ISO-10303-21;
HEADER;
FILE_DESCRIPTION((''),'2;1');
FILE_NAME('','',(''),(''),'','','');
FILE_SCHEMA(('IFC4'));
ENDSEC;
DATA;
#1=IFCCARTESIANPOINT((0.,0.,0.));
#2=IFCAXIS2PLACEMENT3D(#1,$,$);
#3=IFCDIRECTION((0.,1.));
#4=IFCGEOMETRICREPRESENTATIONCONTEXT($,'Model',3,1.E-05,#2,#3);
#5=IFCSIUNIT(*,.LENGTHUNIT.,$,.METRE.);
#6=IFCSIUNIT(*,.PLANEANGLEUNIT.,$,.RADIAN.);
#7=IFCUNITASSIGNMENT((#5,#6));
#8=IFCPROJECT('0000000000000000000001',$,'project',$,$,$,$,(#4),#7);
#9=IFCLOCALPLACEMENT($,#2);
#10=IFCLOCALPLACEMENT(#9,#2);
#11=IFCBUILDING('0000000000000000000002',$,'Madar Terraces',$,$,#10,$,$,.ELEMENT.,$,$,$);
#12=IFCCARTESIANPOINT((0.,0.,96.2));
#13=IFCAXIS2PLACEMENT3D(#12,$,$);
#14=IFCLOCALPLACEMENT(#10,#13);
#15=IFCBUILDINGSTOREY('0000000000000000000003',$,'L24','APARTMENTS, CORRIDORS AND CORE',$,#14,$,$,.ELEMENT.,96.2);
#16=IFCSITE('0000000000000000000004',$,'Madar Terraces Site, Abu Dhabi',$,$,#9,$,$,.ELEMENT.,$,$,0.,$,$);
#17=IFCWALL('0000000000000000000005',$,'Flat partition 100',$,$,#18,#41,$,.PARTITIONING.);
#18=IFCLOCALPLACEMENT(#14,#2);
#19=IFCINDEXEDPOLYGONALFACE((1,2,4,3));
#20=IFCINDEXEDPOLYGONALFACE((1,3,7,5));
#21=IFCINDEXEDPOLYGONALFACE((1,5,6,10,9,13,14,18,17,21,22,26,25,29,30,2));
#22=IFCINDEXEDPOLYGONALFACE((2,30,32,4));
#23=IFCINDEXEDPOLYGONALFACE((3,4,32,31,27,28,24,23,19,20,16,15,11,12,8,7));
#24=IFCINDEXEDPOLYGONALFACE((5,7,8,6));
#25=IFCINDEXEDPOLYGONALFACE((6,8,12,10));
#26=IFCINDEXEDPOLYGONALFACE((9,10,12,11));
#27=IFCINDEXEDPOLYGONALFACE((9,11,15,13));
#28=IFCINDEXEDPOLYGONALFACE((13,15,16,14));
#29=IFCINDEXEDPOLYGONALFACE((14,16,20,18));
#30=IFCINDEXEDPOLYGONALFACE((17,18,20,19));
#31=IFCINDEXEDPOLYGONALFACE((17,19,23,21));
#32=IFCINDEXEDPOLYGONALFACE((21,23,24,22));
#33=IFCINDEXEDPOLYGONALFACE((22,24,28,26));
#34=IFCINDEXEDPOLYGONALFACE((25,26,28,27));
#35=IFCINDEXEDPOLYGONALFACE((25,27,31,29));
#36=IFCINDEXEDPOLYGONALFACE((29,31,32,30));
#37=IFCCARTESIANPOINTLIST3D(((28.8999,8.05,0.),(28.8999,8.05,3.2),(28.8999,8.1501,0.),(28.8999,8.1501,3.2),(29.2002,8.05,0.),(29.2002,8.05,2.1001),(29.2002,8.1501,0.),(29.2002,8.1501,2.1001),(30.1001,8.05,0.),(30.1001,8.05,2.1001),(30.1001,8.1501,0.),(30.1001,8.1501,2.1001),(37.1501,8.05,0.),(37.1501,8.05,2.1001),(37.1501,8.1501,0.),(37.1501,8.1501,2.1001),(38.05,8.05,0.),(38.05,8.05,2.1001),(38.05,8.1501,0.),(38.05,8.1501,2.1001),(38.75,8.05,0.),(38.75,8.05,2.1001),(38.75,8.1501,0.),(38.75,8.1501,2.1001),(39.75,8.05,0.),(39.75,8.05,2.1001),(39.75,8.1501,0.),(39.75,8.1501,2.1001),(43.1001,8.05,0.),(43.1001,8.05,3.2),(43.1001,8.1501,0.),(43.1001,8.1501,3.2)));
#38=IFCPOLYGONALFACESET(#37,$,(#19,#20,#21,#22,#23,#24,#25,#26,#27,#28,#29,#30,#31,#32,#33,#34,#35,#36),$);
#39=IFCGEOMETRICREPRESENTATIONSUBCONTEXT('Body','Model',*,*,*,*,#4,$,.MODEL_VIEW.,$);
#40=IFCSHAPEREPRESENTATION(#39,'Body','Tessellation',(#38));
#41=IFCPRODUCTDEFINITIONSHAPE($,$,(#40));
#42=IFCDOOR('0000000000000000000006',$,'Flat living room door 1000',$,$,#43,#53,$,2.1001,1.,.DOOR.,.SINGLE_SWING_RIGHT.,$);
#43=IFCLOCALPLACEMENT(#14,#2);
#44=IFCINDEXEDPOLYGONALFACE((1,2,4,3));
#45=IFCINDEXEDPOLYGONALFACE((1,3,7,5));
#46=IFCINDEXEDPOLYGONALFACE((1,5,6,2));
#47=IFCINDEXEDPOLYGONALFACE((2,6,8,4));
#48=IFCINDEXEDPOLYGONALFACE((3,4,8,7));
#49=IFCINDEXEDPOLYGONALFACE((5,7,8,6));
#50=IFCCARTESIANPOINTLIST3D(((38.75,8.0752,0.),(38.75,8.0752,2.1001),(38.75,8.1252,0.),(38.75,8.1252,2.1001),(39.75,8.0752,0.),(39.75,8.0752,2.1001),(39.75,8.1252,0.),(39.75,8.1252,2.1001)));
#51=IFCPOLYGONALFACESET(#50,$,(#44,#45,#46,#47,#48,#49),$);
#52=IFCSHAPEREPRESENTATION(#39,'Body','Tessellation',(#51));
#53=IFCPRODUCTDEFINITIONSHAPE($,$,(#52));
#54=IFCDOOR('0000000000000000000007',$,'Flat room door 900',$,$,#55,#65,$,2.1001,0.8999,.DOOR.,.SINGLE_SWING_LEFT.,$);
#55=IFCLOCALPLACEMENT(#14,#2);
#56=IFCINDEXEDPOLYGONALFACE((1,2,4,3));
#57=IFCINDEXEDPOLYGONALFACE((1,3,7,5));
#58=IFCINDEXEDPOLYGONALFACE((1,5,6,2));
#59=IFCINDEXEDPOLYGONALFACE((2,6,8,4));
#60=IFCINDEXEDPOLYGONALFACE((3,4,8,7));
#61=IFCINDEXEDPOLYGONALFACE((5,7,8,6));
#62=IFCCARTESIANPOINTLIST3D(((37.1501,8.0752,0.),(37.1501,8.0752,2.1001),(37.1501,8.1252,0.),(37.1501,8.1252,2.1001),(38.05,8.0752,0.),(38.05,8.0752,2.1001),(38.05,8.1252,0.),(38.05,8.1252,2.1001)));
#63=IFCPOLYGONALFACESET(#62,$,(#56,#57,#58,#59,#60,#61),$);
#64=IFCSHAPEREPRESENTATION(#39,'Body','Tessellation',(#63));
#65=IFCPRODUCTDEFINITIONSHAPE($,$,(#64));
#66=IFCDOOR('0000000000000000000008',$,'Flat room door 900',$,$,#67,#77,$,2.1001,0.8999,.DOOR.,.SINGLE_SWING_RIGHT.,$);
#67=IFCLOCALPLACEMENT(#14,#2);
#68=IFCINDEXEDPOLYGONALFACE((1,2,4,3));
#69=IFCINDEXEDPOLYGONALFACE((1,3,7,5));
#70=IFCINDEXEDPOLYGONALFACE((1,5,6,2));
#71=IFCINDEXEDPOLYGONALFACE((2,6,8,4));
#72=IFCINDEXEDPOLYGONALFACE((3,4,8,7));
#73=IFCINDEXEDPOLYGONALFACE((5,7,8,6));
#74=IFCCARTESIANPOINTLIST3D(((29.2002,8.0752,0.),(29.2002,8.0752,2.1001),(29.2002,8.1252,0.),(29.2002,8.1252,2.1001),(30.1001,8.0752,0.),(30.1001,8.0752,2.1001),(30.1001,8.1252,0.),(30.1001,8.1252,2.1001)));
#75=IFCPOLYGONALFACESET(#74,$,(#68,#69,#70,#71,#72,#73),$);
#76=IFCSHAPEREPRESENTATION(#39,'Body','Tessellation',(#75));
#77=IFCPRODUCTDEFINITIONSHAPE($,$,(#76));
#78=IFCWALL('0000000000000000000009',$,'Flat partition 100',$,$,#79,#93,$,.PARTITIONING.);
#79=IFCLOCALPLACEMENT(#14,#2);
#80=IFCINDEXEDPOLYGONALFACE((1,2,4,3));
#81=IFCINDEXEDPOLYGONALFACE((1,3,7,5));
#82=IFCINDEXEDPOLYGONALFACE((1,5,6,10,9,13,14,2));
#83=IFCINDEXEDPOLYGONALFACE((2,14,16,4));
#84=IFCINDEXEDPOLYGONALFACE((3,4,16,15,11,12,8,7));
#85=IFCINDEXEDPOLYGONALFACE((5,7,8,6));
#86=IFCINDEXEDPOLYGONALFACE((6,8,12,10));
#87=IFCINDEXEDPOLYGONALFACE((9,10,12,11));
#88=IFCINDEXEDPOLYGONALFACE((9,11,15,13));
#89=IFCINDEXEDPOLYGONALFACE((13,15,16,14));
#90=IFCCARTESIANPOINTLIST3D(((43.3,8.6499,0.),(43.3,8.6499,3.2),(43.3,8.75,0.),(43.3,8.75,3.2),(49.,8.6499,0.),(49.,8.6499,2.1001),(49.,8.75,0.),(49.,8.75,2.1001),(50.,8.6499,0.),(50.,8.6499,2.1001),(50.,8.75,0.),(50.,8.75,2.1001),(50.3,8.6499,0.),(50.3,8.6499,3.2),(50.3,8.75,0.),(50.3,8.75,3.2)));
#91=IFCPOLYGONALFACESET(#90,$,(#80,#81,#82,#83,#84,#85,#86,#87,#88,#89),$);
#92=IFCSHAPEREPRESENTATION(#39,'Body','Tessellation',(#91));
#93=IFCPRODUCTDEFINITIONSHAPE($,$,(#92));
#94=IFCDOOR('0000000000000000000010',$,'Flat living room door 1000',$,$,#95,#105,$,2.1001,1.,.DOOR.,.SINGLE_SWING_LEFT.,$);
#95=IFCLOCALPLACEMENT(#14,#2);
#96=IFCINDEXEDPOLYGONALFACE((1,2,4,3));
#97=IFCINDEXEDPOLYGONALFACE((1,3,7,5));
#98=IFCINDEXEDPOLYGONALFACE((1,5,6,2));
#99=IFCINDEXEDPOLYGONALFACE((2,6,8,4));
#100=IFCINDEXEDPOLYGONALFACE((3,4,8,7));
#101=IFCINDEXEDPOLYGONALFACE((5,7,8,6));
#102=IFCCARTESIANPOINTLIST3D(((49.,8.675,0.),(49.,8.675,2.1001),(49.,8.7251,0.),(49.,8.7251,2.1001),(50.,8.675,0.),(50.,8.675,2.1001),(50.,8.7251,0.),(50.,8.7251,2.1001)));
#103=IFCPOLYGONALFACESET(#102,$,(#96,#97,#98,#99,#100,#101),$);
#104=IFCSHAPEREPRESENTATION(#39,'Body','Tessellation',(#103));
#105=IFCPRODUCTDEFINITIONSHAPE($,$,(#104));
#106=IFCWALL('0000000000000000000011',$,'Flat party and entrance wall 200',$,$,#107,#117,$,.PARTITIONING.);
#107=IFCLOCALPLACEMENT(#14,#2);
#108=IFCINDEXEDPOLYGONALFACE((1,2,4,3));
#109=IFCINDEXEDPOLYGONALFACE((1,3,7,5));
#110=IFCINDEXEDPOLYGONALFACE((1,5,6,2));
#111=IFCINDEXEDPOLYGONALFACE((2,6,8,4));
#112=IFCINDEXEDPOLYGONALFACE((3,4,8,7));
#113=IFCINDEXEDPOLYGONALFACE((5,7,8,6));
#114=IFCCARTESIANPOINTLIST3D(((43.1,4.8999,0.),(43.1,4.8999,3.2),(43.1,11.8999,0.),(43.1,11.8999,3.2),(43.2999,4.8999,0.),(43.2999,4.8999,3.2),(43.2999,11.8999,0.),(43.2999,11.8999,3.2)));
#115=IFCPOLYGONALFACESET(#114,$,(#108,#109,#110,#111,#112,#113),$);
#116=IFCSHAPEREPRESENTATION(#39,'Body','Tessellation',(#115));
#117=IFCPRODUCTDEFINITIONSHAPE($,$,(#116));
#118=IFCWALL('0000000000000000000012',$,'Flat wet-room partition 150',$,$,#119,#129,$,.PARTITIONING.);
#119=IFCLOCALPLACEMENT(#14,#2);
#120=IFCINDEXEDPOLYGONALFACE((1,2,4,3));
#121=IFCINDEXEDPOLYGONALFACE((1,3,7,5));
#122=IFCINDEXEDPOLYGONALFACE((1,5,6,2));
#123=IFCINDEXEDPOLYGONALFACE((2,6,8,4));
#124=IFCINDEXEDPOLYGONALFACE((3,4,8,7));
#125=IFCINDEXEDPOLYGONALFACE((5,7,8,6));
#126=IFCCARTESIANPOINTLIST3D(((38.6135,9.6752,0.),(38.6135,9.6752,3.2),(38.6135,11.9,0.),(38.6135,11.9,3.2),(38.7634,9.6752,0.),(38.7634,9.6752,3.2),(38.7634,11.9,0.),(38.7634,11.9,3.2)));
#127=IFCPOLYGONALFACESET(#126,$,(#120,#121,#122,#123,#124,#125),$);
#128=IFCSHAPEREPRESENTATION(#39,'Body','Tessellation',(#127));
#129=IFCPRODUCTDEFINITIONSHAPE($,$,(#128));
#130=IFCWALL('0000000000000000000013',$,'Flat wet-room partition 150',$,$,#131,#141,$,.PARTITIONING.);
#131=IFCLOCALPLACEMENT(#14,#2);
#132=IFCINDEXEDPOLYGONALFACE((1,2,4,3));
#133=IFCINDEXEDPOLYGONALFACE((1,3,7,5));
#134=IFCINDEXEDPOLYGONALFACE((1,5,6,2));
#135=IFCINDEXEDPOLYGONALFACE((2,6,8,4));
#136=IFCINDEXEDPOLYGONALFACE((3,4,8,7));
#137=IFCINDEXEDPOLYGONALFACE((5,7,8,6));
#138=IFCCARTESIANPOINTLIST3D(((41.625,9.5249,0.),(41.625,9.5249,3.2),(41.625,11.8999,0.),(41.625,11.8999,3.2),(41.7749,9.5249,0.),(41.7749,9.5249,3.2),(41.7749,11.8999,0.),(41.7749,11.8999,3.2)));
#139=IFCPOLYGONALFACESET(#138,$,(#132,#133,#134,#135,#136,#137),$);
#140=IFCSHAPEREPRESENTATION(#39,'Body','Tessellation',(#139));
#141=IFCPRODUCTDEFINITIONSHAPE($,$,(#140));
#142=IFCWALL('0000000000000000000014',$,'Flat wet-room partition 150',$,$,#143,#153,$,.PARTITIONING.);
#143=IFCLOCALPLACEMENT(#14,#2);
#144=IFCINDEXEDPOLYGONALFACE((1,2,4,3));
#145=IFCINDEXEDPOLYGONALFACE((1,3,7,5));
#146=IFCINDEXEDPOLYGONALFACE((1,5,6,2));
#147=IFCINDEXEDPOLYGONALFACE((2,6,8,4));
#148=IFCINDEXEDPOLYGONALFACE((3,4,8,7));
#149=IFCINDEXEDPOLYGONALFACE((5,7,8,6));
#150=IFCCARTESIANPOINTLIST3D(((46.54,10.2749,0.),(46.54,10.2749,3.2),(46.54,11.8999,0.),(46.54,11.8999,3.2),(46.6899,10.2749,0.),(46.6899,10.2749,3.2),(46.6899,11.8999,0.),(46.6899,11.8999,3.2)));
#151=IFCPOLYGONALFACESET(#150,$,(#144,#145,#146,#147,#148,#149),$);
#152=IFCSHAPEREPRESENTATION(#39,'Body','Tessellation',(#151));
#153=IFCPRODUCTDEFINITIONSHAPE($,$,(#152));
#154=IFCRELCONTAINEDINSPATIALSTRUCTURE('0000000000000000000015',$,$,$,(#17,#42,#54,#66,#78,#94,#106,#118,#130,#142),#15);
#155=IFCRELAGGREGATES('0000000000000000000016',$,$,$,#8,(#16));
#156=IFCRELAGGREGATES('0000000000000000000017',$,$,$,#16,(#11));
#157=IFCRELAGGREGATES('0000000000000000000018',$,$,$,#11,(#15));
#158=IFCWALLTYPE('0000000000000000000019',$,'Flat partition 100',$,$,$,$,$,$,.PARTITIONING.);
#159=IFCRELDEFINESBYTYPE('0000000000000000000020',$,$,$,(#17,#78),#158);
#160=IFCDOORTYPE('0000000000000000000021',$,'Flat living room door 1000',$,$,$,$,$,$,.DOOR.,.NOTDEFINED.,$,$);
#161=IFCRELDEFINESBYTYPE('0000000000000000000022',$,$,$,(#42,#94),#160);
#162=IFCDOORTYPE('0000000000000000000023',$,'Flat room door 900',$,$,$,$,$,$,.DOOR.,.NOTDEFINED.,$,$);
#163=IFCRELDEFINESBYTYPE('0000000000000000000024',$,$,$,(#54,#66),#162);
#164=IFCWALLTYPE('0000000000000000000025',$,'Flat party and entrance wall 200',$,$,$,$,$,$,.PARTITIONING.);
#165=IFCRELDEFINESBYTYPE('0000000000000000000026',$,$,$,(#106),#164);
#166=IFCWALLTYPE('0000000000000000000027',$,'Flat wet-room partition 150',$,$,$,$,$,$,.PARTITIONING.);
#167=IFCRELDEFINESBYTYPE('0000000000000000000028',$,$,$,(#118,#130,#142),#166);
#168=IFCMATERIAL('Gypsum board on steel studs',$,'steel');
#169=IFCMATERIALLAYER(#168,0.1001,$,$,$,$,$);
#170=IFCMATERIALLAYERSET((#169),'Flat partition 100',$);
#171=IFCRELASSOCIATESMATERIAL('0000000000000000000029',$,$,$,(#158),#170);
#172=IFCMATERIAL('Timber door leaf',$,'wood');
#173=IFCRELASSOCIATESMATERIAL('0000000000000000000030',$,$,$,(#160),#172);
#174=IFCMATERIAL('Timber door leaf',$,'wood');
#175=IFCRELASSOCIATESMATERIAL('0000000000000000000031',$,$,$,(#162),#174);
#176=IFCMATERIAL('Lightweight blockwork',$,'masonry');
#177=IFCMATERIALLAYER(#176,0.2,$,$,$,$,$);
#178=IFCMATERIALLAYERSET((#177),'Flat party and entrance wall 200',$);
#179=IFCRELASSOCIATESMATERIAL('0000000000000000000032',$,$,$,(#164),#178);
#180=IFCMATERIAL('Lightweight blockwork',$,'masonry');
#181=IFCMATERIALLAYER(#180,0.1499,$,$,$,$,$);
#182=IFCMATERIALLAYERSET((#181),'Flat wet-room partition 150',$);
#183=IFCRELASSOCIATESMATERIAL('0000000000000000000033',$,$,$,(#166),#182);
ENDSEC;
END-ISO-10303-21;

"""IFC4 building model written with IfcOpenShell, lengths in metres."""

from ifc_helpers import new_model, si_unit, direction, frame, frame_2d, origin, place, context, subcontext, project, spatial, rectangle, extrude, material, layer, layer_set, type_object, element, fill, save


model = new_model("IFC4")

# Units and contexts
model_context = context("Model", 3, precision=1e-05, world=origin(), true_north=direction((0.0, 1.0)))
body_context = subcontext(model_context, "Body", "Model", "MODEL_VIEW")
ifc_project = project(units=[si_unit("LENGTHUNIT", "METRE"), si_unit("PLANEANGLEUNIT", "RADIAN")], contexts=[model_context])

# Site, building, storey
site_placement = place(None, origin())
site = spatial("IfcSite", under=ifc_project, at=site_placement, Name="Madar Terraces Site, Abu Dhabi", CompositionType="ELEMENT", RefElevation=0.0)
building_placement = place(site_placement, origin())
building = spatial("IfcBuilding", under=site, at=building_placement, Name="Madar Terraces", CompositionType="ELEMENT")
storey_placement = place(building_placement, frame((0.0, 0.0, 96.2)))
storey = spatial("IfcBuildingStorey", under=building, at=storey_placement, Name="L24", Description="APARTMENTS, CORRIDORS AND CORE", CompositionType="ELEMENT", Elevation=96.2)

# Shared definitions
ifc_material_1 = material(Name="Gypsum board on steel studs", Category="steel")
ifc_layer_1 = layer(ifc_material_1, 0.1001)
ifc_layer_set_1 = layer_set([ifc_layer_1], Name="Flat partition 100")
wall_type_1 = type_object("IfcWallType", Name="Flat partition 100", PredefinedType="PARTITIONING", material=ifc_layer_set_1)

# Wall, openings, doors
wall_1_placement = place(storey_placement, frame((43.1001, 8.1001, 0.0), z_axis=(0.0, 0.0, 1.0), x_axis=(-1.0, 0.0, 0.0)))
wall_1 = element("IfcWall", 1, at=wall_1_placement, inside=storey, type_object=wall_type_1, Name="Flat partition 100", PredefinedType="PARTITIONING", context=body_context, shape_type="SweptSolid", body=[
    extrude(rectangle(XDim=14.2002, YDim=0.1001, at=frame_2d((7.1001, 0.0))), origin(), (0.0, 0.0, 1.0), 3.2),
])
opening_1_placement = place(wall_1_placement, frame((3.3501, 0.0, 0.0)))
opening_1 = element("IfcOpeningElement", 2, at=opening_1_placement, cuts=wall_1, PredefinedType="OPENING", context=body_context, shape_type="SweptSolid", body=[
    extrude(rectangle(XDim=1.0, YDim=2.1001, at=frame_2d((0.5, 1.05))), frame((0.0, 0.0601, 0.0), z_axis=(0.0, -1.0, 0.0), x_axis=(1.0, 0.0, 0.0)), (0.0, 0.0, 1.0), 0.1201),
])
opening_2_placement = place(wall_1_placement, frame((5.05, 0.0, 0.0)))
opening_2 = element("IfcOpeningElement", 3, at=opening_2_placement, cuts=wall_1, PredefinedType="OPENING", context=body_context, shape_type="SweptSolid", body=[
    extrude(rectangle(XDim=0.8999, YDim=2.1001, at=frame_2d((0.45, 1.05))), frame((0.0, 0.0601, 0.0), z_axis=(0.0, -1.0, 0.0), x_axis=(1.0, 0.0, 0.0)), (0.0, 0.0, 1.0), 0.1201),
])
opening_3_placement = place(wall_1_placement, frame((13.0, 0.0, 0.0)))
opening_3 = element("IfcOpeningElement", 4, at=opening_3_placement, cuts=wall_1, PredefinedType="OPENING", context=body_context, shape_type="SweptSolid", body=[
    extrude(rectangle(XDim=0.8999, YDim=2.1001, at=frame_2d((0.45, 1.05))), frame((0.0, 0.0601, 0.0), z_axis=(0.0, -1.0, 0.0), x_axis=(1.0, 0.0, 0.0)), (0.0, 0.0, 1.0), 0.1201),
])
ifc_material_2 = material(Name="Timber door leaf", Category="wood")
door_type_1 = type_object("IfcDoorType", Name="Flat living room door 1000", OperationType="NOTDEFINED", PredefinedType="DOOR", material=ifc_material_2)
door_1_placement = place(opening_1_placement, origin())
door_1 = element("IfcDoor", 5, at=door_1_placement, inside=storey, type_object=door_type_1, Name="Flat living room door 1000", OperationType="SINGLE_SWING_RIGHT", OverallHeight=2.1001, OverallWidth=1.0, PredefinedType="DOOR", context=body_context, shape_type="SweptSolid", body=[
    extrude(rectangle(XDim=1.0, YDim=2.1001, at=frame_2d((0.5, 1.05))), frame((0.0, 0.0249, 0.0), z_axis=(0.0, -1.0, 0.0), x_axis=(1.0, 0.0, 0.0)), (0.0, 0.0, 1.0), 0.05),
])
fill(opening_1, door_1)
ifc_material_3 = material(Name="Timber door leaf", Category="wood")
door_type_2 = type_object("IfcDoorType", Name="Flat room door 900", OperationType="NOTDEFINED", PredefinedType="DOOR", material=ifc_material_3)
door_2_placement = place(opening_2_placement, origin())
door_2 = element("IfcDoor", 6, at=door_2_placement, inside=storey, type_object=door_type_2, Name="Flat room door 900", OperationType="SINGLE_SWING_LEFT", OverallHeight=2.1001, OverallWidth=0.8999, PredefinedType="DOOR", context=body_context, shape_type="SweptSolid", body=[
    extrude(rectangle(XDim=0.8999, YDim=2.1001, at=frame_2d((0.45, 1.05))), frame((0.0, 0.0249, 0.0), z_axis=(0.0, -1.0, 0.0), x_axis=(1.0, 0.0, 0.0)), (0.0, 0.0, 1.0), 0.05),
])
fill(opening_2, door_2)
door_3_placement = place(opening_3_placement, origin())
door_3 = element("IfcDoor", 7, at=door_3_placement, inside=storey, type_object=door_type_2, Name="Flat room door 900", OperationType="SINGLE_SWING_RIGHT", OverallHeight=2.1001, OverallWidth=0.8999, PredefinedType="DOOR", context=body_context, shape_type="SweptSolid", body=[
    extrude(rectangle(XDim=0.8999, YDim=2.1001, at=frame_2d((0.45, 1.05))), frame((0.0, 0.0249, 0.0), z_axis=(0.0, -1.0, 0.0), x_axis=(1.0, 0.0, 0.0)), (0.0, 0.0, 1.0), 0.05),
])
fill(opening_3, door_3)

# Wall, opening, door
wall_2_placement = place(storey_placement, frame((50.3, 8.7, 0.0), z_axis=(0.0, 0.0, 1.0), x_axis=(-1.0, 0.0, 0.0)))
wall_2 = element("IfcWall", 8, at=wall_2_placement, inside=storey, type_object=wall_type_1, Name="Flat partition 100", PredefinedType="PARTITIONING", context=body_context, shape_type="SweptSolid", body=[
    extrude(rectangle(XDim=7.0, YDim=0.1001, at=frame_2d((3.5, 0.0))), origin(), (0.0, 0.0, 1.0), 3.2),
])
opening_4_placement = place(wall_2_placement, frame((0.3, 0.0, 0.0)))
opening_4 = element("IfcOpeningElement", 9, at=opening_4_placement, cuts=wall_2, PredefinedType="OPENING", context=body_context, shape_type="SweptSolid", body=[
    extrude(rectangle(XDim=1.0, YDim=2.1001, at=frame_2d((0.5, 1.05))), frame((0.0, 0.0601, 0.0), z_axis=(0.0, -1.0, 0.0), x_axis=(1.0, 0.0, 0.0)), (0.0, 0.0, 1.0), 0.1201),
])
door_4_placement = place(opening_4_placement, origin())
door_4 = element("IfcDoor", 10, at=door_4_placement, inside=storey, type_object=door_type_1, Name="Flat living room door 1000", OperationType="SINGLE_SWING_LEFT", OverallHeight=2.1001, OverallWidth=1.0, PredefinedType="DOOR", context=body_context, shape_type="SweptSolid", body=[
    extrude(rectangle(XDim=1.0, YDim=2.1001, at=frame_2d((0.5, 1.05))), frame((0.0, 0.0249, 0.0), z_axis=(0.0, -1.0, 0.0), x_axis=(1.0, 0.0, 0.0)), (0.0, 0.0, 1.0), 0.05),
])
fill(opening_4, door_4)

# Walls
ifc_material_4 = material(Name="Lightweight blockwork", Category="masonry")
ifc_layer_2 = layer(ifc_material_4, 0.2)
ifc_layer_set_2 = layer_set([ifc_layer_2], Name="Flat party and entrance wall 200")
wall_type_2 = type_object("IfcWallType", Name="Flat party and entrance wall 200", PredefinedType="PARTITIONING", material=ifc_layer_set_2)
wall_3_placement = place(storey_placement, frame((43.2, 11.8999, 0.0), z_axis=(0.0, 0.0, 1.0), x_axis=(0.0, -1.0, 0.0)))
element("IfcWall", 11, at=wall_3_placement, inside=storey, type_object=wall_type_2, Name="Flat party and entrance wall 200", PredefinedType="PARTITIONING", context=body_context, shape_type="SweptSolid", body=[
    extrude(rectangle(XDim=7.0, YDim=0.2, at=frame_2d((3.5, 0.0))), origin(), (0.0, 0.0, 1.0), 3.2),
])
ifc_material_5 = material(Name="Lightweight blockwork", Category="masonry")
ifc_layer_3 = layer(ifc_material_5, 0.1499)
ifc_layer_set_3 = layer_set([ifc_layer_3], Name="Flat wet-room partition 150")
wall_type_3 = type_object("IfcWallType", Name="Flat wet-room partition 150", PredefinedType="PARTITIONING", material=ifc_layer_set_3)
wall_4_placement = place(storey_placement, frame((38.6885, 11.8999, 0.0), z_axis=(0.0, 0.0, 1.0), x_axis=(0.0, -1.0, 0.0)))
element("IfcWall", 12, at=wall_4_placement, inside=storey, type_object=wall_type_3, Name="Flat wet-room partition 150", PredefinedType="PARTITIONING", context=body_context, shape_type="SweptSolid", body=[
    extrude(rectangle(XDim=2.2249, YDim=0.1499, at=frame_2d((1.1123, 0.0))), origin(), (0.0, 0.0, 1.0), 3.2),
])
wall_5_placement = place(storey_placement, frame((41.7, 11.8999, 0.0), z_axis=(0.0, 0.0, 1.0), x_axis=(0.0, -1.0, 0.0)))
element("IfcWall", 13, at=wall_5_placement, inside=storey, type_object=wall_type_3, Name="Flat wet-room partition 150", PredefinedType="PARTITIONING", context=body_context, shape_type="SweptSolid", body=[
    extrude(rectangle(XDim=2.375, YDim=0.1499, at=frame_2d((1.1875, 0.0))), origin(), (0.0, 0.0, 1.0), 3.2),
])
wall_6_placement = place(storey_placement, frame((46.615, 11.8999, 0.0), z_axis=(0.0, 0.0, 1.0), x_axis=(0.0, -1.0, 0.0)))
element("IfcWall", 14, at=wall_6_placement, inside=storey, type_object=wall_type_3, Name="Flat wet-room partition 150", PredefinedType="PARTITIONING", context=body_context, shape_type="SweptSolid", body=[
    extrude(rectangle(XDim=1.625, YDim=0.1499, at=frame_2d((0.8125, 0.0))), origin(), (0.0, 0.0, 1.0), 3.2),
])

save(model, "model.ifc")
